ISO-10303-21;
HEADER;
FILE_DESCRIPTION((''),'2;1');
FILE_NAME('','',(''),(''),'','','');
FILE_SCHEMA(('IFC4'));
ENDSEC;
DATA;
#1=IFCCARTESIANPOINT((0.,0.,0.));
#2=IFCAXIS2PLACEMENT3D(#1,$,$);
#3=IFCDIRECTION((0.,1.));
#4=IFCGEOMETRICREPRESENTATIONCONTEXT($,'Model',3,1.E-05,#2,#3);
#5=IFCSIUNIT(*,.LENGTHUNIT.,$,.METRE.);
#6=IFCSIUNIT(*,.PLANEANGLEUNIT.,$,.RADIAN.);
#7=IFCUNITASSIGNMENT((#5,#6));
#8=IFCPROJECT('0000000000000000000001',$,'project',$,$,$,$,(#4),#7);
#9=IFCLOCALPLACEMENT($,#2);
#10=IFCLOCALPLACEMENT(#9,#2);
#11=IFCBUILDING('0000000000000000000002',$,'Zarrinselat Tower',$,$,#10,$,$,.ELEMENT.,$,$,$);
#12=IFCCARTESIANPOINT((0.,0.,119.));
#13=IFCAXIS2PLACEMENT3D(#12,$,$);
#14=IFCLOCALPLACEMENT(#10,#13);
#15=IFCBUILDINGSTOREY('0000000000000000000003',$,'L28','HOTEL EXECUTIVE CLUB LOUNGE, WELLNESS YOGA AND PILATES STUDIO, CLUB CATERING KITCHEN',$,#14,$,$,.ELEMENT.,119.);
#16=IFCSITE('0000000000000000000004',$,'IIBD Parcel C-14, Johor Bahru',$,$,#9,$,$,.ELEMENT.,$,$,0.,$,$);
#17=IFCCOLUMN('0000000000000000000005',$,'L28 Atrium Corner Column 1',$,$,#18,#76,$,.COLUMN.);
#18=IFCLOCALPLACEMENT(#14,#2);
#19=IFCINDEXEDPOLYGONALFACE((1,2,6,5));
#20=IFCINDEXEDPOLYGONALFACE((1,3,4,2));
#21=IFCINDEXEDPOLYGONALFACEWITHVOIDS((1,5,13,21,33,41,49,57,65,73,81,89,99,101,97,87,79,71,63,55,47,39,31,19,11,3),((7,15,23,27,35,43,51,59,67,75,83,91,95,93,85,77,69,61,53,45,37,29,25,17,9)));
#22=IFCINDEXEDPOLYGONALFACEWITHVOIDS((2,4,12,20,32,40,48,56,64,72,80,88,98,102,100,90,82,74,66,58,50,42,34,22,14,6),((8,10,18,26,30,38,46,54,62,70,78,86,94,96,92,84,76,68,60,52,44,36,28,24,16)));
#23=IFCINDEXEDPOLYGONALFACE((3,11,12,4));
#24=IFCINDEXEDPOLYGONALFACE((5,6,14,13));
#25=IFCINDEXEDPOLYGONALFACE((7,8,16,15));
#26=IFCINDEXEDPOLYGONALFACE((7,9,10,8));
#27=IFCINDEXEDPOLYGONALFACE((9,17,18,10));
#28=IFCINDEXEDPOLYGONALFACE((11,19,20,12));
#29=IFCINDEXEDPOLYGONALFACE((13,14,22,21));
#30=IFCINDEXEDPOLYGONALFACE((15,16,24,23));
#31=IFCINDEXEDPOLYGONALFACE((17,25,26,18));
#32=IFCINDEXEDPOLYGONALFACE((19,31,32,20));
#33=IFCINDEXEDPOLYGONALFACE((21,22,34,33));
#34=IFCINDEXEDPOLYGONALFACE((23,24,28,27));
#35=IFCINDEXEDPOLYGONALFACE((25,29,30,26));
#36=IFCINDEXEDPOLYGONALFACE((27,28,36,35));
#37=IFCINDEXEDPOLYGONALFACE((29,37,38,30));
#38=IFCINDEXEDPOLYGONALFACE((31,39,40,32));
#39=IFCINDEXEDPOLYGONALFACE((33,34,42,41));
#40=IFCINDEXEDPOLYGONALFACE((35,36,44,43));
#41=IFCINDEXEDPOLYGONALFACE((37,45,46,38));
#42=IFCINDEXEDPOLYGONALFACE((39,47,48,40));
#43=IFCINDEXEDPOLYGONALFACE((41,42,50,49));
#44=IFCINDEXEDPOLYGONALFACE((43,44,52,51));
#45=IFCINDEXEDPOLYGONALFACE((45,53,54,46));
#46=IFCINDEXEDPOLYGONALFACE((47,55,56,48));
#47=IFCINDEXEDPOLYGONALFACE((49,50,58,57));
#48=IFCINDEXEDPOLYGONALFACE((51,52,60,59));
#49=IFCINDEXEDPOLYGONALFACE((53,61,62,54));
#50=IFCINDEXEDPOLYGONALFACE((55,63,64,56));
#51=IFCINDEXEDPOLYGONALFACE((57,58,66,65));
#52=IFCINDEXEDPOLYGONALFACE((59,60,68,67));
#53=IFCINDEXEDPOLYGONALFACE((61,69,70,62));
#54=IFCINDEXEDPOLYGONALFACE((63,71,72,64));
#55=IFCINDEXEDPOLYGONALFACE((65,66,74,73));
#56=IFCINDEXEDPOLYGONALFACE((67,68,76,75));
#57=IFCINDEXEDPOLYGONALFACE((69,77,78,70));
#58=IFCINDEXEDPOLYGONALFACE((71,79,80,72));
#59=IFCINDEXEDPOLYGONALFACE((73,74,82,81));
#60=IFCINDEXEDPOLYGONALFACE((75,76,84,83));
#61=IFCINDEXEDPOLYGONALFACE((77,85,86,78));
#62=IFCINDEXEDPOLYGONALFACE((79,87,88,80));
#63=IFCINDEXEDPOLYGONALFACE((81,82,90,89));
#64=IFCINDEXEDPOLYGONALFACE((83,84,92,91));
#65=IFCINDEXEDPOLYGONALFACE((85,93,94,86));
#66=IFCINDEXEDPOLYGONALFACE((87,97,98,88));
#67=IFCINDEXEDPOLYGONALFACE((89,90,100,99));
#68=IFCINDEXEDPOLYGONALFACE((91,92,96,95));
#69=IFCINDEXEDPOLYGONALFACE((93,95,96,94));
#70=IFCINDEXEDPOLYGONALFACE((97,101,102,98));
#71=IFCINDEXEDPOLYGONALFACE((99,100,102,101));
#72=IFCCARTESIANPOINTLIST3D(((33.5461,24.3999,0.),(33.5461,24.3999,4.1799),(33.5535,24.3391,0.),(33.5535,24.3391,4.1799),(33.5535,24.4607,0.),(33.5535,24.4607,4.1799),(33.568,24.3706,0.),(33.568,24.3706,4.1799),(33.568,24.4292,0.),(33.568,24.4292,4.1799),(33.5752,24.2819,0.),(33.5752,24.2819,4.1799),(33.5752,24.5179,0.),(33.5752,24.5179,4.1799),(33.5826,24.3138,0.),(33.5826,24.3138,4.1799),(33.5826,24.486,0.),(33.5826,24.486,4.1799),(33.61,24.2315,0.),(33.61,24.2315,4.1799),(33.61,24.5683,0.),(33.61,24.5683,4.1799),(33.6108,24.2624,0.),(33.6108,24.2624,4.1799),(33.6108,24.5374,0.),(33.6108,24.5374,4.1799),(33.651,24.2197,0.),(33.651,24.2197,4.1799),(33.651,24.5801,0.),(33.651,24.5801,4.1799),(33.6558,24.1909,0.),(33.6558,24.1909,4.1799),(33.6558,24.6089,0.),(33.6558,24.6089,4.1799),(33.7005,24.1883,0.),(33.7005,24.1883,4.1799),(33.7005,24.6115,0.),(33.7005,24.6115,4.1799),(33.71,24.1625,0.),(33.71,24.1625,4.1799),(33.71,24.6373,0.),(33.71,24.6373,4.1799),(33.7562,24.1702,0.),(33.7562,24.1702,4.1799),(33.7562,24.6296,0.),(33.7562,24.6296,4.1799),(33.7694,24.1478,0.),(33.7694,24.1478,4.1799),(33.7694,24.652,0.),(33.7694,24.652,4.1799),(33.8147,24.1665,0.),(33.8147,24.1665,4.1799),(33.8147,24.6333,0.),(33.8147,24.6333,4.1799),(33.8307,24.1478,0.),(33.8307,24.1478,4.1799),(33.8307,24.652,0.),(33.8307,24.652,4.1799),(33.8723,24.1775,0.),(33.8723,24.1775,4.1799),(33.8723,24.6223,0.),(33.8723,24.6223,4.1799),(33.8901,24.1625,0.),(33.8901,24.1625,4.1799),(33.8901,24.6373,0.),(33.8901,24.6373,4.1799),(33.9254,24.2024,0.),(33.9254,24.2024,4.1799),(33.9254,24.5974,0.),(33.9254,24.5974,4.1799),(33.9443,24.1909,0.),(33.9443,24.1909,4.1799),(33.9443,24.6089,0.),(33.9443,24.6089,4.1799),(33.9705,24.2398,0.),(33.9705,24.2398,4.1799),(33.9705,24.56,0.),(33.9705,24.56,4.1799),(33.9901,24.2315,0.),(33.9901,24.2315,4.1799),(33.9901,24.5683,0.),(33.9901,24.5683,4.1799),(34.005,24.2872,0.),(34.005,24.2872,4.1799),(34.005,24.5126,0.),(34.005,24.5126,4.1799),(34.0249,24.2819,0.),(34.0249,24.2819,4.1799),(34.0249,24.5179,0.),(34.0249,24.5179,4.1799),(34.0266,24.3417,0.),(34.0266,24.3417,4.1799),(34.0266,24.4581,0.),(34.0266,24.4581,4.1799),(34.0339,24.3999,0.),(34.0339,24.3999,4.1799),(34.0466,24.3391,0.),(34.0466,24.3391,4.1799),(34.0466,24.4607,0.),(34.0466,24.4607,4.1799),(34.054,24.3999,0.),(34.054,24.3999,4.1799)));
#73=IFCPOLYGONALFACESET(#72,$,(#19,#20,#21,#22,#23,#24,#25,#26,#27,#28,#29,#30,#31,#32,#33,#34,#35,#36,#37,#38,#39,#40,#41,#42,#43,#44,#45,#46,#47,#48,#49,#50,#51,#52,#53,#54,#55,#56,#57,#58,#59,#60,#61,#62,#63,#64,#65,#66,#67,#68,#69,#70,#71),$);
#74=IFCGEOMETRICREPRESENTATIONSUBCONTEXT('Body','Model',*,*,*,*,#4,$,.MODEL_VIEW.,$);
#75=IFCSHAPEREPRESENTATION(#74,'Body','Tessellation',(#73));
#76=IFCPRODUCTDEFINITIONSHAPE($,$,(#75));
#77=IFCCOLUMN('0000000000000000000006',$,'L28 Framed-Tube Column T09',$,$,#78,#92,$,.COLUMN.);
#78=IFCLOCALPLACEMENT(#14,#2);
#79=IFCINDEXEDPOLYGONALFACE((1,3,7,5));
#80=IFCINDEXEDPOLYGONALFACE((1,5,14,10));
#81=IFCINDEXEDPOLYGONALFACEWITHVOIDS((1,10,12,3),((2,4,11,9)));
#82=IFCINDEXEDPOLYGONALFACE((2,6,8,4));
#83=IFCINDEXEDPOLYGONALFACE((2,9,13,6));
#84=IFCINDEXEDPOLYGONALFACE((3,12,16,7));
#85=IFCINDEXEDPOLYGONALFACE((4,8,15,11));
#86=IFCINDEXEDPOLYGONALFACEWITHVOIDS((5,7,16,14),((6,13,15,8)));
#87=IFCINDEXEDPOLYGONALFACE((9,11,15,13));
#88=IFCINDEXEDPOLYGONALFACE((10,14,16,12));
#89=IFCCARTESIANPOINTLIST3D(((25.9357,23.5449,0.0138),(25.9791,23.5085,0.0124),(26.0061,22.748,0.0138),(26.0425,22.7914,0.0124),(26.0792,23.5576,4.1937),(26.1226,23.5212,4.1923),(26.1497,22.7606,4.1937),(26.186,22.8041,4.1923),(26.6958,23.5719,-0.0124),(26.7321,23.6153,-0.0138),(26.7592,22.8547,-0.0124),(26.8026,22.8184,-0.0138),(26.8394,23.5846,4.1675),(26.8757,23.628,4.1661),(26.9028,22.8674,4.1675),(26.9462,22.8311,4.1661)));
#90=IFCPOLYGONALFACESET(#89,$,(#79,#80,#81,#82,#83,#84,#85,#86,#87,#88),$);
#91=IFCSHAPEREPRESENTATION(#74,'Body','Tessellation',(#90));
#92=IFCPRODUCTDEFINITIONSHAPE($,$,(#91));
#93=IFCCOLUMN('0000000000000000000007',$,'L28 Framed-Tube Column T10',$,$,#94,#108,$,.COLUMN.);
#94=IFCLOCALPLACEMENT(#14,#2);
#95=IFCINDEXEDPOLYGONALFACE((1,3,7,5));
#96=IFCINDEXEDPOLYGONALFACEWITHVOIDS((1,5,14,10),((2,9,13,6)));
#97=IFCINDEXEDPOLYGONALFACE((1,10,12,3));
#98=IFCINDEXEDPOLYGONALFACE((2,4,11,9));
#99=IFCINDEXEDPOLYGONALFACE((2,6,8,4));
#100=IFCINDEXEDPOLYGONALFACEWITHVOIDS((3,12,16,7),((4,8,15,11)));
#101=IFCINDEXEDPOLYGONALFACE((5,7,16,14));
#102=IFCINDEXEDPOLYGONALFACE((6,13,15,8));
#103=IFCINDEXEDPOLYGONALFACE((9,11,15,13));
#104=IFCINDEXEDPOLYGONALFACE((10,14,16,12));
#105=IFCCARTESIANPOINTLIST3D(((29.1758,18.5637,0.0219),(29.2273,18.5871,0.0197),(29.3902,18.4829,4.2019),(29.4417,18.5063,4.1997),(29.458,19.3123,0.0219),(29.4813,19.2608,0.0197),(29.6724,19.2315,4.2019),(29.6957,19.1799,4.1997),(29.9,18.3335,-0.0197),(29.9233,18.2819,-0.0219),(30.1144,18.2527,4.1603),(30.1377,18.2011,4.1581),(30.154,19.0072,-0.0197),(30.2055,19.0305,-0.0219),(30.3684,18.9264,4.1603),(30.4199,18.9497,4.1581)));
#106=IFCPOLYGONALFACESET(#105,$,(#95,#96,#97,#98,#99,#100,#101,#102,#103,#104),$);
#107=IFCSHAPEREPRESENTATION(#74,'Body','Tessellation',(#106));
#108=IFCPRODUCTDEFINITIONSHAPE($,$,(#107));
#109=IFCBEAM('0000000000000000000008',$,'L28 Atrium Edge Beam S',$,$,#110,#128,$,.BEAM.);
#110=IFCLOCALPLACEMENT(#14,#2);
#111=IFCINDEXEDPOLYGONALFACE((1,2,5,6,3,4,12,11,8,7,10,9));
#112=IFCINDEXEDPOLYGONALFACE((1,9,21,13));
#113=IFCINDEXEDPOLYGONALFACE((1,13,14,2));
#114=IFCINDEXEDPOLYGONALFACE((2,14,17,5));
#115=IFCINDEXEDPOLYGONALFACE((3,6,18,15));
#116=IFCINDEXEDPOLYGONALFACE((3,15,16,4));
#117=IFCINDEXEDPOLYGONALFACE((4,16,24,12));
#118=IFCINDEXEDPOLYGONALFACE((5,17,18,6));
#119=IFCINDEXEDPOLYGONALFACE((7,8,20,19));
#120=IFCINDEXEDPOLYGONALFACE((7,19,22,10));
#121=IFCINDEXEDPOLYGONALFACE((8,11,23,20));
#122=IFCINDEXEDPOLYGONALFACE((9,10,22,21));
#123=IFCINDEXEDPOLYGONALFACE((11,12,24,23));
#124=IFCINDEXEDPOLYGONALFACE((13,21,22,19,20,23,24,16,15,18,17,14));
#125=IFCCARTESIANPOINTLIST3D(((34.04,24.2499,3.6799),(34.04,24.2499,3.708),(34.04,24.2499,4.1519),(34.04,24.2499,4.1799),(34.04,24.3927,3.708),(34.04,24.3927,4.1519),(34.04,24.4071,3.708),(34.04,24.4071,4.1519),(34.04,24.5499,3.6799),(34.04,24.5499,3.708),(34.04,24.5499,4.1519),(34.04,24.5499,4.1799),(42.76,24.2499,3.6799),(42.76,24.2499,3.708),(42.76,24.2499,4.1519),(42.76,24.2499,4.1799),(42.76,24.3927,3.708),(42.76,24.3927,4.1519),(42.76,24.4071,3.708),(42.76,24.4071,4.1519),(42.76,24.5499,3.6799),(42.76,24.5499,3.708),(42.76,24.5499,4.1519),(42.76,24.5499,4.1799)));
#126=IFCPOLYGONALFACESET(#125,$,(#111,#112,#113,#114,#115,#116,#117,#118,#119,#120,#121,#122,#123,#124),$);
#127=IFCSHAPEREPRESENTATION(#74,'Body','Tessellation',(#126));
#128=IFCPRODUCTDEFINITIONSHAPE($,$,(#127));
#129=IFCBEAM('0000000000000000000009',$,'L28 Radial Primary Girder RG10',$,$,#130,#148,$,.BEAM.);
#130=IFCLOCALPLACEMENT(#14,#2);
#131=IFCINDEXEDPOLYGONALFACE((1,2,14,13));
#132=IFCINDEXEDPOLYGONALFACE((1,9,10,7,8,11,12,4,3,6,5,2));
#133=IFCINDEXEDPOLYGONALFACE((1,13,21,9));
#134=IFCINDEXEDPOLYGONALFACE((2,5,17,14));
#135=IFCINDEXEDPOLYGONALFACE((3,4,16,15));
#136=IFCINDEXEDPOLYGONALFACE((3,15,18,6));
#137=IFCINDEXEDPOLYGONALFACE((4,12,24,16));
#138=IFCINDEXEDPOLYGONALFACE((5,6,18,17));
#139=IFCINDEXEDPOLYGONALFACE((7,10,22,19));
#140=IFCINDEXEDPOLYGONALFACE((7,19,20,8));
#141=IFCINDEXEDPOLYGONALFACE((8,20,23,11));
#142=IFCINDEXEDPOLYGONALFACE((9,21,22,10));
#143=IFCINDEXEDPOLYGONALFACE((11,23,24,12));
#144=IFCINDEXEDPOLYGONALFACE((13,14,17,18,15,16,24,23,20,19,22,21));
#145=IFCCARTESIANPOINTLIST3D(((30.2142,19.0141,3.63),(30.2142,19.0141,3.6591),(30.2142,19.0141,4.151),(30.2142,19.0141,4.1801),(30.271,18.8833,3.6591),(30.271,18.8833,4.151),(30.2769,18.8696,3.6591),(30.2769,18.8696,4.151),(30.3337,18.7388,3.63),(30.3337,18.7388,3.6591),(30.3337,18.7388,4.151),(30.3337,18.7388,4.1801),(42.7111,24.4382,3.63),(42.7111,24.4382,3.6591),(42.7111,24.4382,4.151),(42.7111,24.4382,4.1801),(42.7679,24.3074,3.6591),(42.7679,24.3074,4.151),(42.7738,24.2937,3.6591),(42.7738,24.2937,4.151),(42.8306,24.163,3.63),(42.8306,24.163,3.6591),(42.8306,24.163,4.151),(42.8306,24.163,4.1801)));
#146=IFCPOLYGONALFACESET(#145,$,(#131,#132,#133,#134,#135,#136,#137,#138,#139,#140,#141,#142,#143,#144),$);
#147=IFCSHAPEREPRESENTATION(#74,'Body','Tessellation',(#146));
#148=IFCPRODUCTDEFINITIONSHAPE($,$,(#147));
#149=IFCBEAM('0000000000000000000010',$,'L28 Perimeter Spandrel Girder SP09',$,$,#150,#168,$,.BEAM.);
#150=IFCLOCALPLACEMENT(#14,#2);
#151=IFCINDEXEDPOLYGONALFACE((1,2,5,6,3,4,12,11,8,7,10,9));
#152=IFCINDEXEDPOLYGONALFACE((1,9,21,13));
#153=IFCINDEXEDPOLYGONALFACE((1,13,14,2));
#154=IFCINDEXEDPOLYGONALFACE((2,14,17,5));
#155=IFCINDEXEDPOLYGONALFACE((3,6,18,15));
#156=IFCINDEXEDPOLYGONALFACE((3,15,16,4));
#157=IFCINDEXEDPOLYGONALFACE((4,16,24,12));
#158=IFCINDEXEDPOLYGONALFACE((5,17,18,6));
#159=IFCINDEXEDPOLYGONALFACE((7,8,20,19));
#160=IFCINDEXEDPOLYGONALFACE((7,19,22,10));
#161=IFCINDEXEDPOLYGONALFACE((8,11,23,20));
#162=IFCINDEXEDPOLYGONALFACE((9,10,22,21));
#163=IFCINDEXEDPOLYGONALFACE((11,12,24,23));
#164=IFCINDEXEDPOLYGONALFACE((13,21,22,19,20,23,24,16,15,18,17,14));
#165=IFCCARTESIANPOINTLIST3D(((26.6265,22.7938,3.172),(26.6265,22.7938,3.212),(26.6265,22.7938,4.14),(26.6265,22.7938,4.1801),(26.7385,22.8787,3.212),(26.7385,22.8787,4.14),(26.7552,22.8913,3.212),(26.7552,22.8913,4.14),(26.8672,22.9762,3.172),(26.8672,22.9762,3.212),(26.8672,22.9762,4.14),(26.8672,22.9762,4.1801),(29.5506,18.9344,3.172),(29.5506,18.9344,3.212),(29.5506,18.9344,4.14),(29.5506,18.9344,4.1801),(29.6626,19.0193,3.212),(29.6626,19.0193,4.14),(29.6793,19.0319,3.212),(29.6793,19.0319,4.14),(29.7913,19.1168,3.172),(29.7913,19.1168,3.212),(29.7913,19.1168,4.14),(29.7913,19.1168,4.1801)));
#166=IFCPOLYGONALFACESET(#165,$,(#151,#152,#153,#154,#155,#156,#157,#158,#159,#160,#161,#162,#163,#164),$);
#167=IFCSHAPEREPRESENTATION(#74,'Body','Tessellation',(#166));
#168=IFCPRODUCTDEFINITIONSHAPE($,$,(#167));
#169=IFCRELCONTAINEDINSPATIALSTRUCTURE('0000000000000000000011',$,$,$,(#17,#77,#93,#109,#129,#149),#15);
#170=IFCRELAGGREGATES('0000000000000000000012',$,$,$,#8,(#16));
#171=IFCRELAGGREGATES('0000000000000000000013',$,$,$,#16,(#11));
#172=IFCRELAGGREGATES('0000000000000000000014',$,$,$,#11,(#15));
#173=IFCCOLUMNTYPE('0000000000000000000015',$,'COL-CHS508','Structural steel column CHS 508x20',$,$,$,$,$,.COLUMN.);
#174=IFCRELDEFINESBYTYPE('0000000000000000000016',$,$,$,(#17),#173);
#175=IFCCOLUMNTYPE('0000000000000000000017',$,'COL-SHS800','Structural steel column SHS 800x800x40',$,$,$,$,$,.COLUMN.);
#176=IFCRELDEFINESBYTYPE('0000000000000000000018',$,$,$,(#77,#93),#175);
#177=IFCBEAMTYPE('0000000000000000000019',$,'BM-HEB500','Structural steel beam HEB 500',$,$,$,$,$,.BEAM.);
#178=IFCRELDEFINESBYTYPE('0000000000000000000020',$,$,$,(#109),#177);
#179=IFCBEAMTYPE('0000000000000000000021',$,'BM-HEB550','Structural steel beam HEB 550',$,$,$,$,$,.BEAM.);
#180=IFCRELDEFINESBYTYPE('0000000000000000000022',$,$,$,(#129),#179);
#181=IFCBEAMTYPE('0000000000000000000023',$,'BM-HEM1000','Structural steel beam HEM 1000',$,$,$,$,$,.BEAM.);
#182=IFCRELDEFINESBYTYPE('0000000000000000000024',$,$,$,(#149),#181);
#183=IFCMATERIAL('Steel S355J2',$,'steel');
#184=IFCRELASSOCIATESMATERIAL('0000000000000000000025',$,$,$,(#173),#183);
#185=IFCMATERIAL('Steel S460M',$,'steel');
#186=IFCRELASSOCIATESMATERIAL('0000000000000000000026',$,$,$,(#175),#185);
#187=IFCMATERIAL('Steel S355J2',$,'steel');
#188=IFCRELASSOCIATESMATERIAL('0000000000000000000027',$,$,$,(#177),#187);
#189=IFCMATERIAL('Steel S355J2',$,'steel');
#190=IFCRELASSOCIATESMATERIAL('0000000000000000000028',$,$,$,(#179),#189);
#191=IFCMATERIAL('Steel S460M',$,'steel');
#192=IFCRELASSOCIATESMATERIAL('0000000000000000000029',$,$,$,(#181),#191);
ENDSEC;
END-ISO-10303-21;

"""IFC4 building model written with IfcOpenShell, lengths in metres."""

from ifc_helpers import new_model, si_unit, direction, frame, origin, origin_2d, place, context, subcontext, project, spatial, hollow_rectangle, hollow_circle, i_section, extrude, material, material_profile, profile_set, type_object, element, save


model = new_model("IFC4")

# Units and contexts
model_context = context("Model", 3, precision=1e-05, world=origin(), true_north=direction((0.0, 1.0)))
body_context = subcontext(model_context, "Body", "Model", "MODEL_VIEW")
ifc_project = project(units=[si_unit("LENGTHUNIT", "METRE"), si_unit("PLANEANGLEUNIT", "RADIAN")], contexts=[model_context])

# Site, building, storey
site_placement = place(None, origin())
site = spatial("IfcSite", under=ifc_project, at=site_placement, Name="IIBD Parcel C-14, Johor Bahru", CompositionType="ELEMENT", RefElevation=0.0)
building_placement = place(site_placement, origin())
building = spatial("IfcBuilding", under=site, at=building_placement, Name="Zarrinselat Tower", CompositionType="ELEMENT")
storey_placement = place(building_placement, frame((0.0, 0.0, 119.0)))
storey = spatial("IfcBuildingStorey", under=building, at=storey_placement, Name="L28", Description="HOTEL EXECUTIVE CLUB LOUNGE, WELLNESS YOGA AND PILATES STUDIO, CLUB CATERING KITCHEN", CompositionType="ELEMENT", Elevation=119.0)

# Columns
ifc_material_1 = material(Name="Steel S355J2", Category="steel")
ifc_material_profile_1 = material_profile(ifc_material_1, hollow_circle(Radius=0.2539, WallThickness=0.02, at=origin_2d()), Name="CHS 508x20")
ifc_profile_set_1 = profile_set([ifc_material_profile_1], Name="Steel S355J2")
column_type_1 = type_object("IfcColumnType", Name="COL-CHS508", Description="Structural steel column CHS 508x20", PredefinedType="COLUMN", material=ifc_profile_set_1)
column_1_placement = place(storey_placement, frame((33.8, 24.3999, 0.0), z_axis=(0.0, 0.0, 1.0), x_axis=(1.0, 0.0, 0.0)))
element("IfcColumn", 1, at=column_1_placement, inside=storey, type_object=column_type_1, Name="L28 Atrium Corner Column 1", PredefinedType="COLUMN", context=body_context, shape_type="SweptSolid", body=[
    extrude(hollow_circle(Radius=0.2539, WallThickness=0.02, at=origin_2d()), origin(), (0.0, 0.0, 1.0), 4.1799),
])
ifc_material_2 = material(Name="Steel S460M", Category="steel")
ifc_material_profile_2 = material_profile(ifc_material_2, hollow_rectangle(XDim=0.8, YDim=0.8, WallThickness=0.04, at=origin_2d()), Name="SHS 800x800x40")
ifc_profile_set_2 = profile_set([ifc_material_profile_2], Name="Steel S460M")
column_type_2 = type_object("IfcColumnType", Name="COL-SHS800", Description="Structural steel column SHS 800x800x40", PredefinedType="COLUMN", material=ifc_profile_set_2)
column_2_placement = place(storey_placement, frame((26.3691, 23.1816, 0.0), z_axis=(0.034323, 0.003035, 0.999406), x_axis=(-0.088092, 0.996112, 0.0)))
element("IfcColumn", 2, at=column_2_placement, inside=storey, type_object=column_type_2, Name="L28 Framed-Tube Column T09", PredefinedType="COLUMN", context=body_context, shape_type="SweptSolid", body=[
    extrude(hollow_rectangle(XDim=0.8, YDim=0.8, WallThickness=0.04, at=origin_2d()), origin(), (0.0, 0.0, 1.0), 4.1824),
])
column_3_placement = place(storey_placement, frame((29.6907, 18.7971, 0.0), z_axis=(0.051205, -0.019304, 0.998502), x_axis=(0.352758, 0.935715, 0.0)))
element("IfcColumn", 3, at=column_3_placement, inside=storey, type_object=column_type_2, Name="L28 Framed-Tube Column T10", PredefinedType="COLUMN", context=body_context, shape_type="SweptSolid", body=[
    extrude(hollow_rectangle(XDim=0.8, YDim=0.8, WallThickness=0.04, at=origin_2d()), origin(), (0.0, 0.0, 1.0), 4.1863),
])

# Beams
ifc_material_3 = material(Name="Steel S355J2", Category="steel")
ifc_material_profile_3 = material_profile(ifc_material_3, i_section(OverallWidth=0.3, OverallDepth=0.5, WebThickness=0.0144, FlangeThickness=0.0281, at=origin_2d()), Name="HEB 500")
ifc_profile_set_3 = profile_set([ifc_material_profile_3], Name="Steel S355J2")
beam_type_1 = type_object("IfcBeamType", Name="BM-HEB500", Description="Structural steel beam HEB 500", PredefinedType="BEAM", material=ifc_profile_set_3)
beam_1_placement = place(storey_placement, frame((34.04, 24.3999, 3.9299), z_axis=(1.0, 0.0, 0.0), x_axis=(0.0, 1.0, 0.0)))
element("IfcBeam", 4, at=beam_1_placement, inside=storey, type_object=beam_type_1, Name="L28 Atrium Edge Beam S", PredefinedType="BEAM", context=body_context, shape_type="SweptSolid", body=[
    extrude(i_section(OverallWidth=0.3, OverallDepth=0.5, WebThickness=0.0144, FlangeThickness=0.0281, at=origin_2d()), origin(), (0.0, 0.0, 1.0), 8.72),
])
ifc_material_4 = material(Name="Steel S355J2", Category="steel")
ifc_material_profile_4 = material_profile(ifc_material_4, i_section(OverallWidth=0.3, OverallDepth=0.55, WebThickness=0.0149, FlangeThickness=0.0291, at=origin_2d()), Name="HEB 550")
ifc_profile_set_4 = profile_set([ifc_material_profile_4], Name="Steel S355J2")
beam_type_2 = type_object("IfcBeamType", Name="BM-HEB550", Description="Structural steel beam HEB 550", PredefinedType="BEAM", material=ifc_profile_set_4)
beam_2_placement = place(storey_placement, frame((30.2739, 18.8765, 3.905), z_axis=(0.91732, 0.39815, 0.0), x_axis=(-0.39815, 0.91732, 0.0)))
element("IfcBeam", 5, at=beam_2_placement, inside=storey, type_object=beam_type_2, Name="L28 Radial Primary Girder RG10", PredefinedType="BEAM", context=body_context, shape_type="SweptSolid", body=[
    extrude(i_section(OverallWidth=0.3, OverallDepth=0.55, WebThickness=0.0149, FlangeThickness=0.0291, at=origin_2d()), origin(), (0.0, 0.0, 1.0), 13.6233),
])
ifc_material_5 = material(Name="Steel S460M", Category="steel")
ifc_material_profile_5 = material_profile(ifc_material_5, i_section(OverallWidth=0.302, OverallDepth=1.0081, WebThickness=0.021, FlangeThickness=0.04, at=origin_2d()), Name="HEM 1000")
ifc_profile_set_5 = profile_set([ifc_material_profile_5], Name="Steel S460M")
beam_type_3 = type_object("IfcBeamType", Name="BM-HEM1000", Description="Structural steel beam HEM 1000", PredefinedType="BEAM", material=ifc_profile_set_5)
beam_3_placement = place(storey_placement, frame((26.7468, 22.885, 3.676), z_axis=(0.603897, -0.797062, 0.0), x_axis=(0.797062, 0.603897, 0.0)))
element("IfcBeam", 6, at=beam_3_placement, inside=storey, type_object=beam_type_3, Name="L28 Perimeter Spandrel Girder SP09", PredefinedType="BEAM", context=body_context, shape_type="SweptSolid", body=[
    extrude(i_section(OverallWidth=0.302, OverallDepth=1.0081, WebThickness=0.021, FlangeThickness=0.04, at=origin_2d()), origin(), (0.0, 0.0, 1.0), 4.842),
])

save(model, "model.ifc")
